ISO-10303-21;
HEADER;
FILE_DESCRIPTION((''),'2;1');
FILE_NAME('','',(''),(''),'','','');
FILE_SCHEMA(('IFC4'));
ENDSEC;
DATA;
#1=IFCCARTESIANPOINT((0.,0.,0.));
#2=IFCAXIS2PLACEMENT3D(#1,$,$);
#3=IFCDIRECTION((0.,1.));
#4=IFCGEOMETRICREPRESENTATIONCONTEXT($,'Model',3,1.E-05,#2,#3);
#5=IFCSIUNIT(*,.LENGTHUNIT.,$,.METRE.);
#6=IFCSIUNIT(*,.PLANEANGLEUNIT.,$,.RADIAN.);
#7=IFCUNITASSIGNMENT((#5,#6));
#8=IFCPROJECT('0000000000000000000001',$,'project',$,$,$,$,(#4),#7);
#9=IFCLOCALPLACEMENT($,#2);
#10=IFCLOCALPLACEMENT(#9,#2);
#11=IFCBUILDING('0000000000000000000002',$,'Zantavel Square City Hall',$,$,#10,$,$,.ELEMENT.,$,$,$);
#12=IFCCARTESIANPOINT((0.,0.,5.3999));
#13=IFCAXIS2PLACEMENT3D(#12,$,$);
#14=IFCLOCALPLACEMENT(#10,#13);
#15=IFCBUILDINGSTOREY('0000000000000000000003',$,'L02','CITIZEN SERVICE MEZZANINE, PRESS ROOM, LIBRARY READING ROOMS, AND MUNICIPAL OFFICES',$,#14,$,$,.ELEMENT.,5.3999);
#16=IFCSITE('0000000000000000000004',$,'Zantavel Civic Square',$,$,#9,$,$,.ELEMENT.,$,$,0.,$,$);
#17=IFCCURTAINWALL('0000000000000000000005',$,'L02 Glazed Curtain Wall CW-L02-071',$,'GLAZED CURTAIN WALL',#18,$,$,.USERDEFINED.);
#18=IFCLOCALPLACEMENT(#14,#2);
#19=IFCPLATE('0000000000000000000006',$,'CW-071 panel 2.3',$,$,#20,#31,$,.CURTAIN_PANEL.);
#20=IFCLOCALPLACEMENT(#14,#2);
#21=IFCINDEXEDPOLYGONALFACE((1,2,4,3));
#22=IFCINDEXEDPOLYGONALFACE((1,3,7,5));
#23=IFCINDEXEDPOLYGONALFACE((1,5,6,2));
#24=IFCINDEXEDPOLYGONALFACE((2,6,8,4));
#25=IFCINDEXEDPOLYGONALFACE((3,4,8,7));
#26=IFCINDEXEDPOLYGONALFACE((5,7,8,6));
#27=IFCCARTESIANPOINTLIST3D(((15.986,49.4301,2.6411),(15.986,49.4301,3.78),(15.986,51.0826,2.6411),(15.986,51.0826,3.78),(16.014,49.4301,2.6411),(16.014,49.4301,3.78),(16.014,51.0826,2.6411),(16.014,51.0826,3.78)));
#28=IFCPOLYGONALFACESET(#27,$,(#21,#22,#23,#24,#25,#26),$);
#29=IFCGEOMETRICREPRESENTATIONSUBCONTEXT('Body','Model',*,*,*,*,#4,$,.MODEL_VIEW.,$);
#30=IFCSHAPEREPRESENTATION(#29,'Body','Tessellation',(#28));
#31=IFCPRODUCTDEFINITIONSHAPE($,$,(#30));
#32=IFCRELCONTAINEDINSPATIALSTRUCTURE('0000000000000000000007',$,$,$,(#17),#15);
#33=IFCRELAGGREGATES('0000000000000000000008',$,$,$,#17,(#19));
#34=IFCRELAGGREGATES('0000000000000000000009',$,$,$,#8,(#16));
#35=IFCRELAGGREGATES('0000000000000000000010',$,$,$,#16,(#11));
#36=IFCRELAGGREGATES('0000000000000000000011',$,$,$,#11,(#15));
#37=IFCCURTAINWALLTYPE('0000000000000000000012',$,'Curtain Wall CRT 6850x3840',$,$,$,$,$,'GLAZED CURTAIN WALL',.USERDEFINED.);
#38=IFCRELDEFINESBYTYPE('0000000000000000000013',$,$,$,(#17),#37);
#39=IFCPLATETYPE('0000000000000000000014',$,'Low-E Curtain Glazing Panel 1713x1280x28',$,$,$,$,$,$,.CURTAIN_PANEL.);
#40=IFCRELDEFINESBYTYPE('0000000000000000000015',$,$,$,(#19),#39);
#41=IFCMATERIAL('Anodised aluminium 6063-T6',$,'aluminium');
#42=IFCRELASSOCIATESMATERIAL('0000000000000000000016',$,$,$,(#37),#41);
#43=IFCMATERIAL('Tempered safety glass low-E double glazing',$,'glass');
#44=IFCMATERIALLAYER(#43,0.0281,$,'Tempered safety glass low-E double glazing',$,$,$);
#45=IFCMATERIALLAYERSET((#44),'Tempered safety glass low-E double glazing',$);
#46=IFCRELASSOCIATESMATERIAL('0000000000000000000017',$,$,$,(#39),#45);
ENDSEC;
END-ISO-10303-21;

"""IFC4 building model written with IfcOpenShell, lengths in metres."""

from ifc_helpers import new_model, si_unit, direction, frame, origin, origin_2d, place, context, subcontext, project, spatial, rectangle, extrude, material, layer, layer_set, type_object, element, aggregate, save


model = new_model("IFC4")

# Units and contexts
model_context = context("Model", 3, precision=1e-05, world=origin(), true_north=direction((0.0, 1.0)))
body_context = subcontext(model_context, "Body", "Model", "MODEL_VIEW")
ifc_project = project(units=[si_unit("LENGTHUNIT", "METRE"), si_unit("PLANEANGLEUNIT", "RADIAN")], contexts=[model_context])

# Site, building, storey
site_placement = place(None, origin())
site = spatial("IfcSite", under=ifc_project, at=site_placement, Name="Zantavel Civic Square", CompositionType="ELEMENT", RefElevation=0.0)
building_placement = place(site_placement, origin())
building = spatial("IfcBuilding", under=site, at=building_placement, Name="Zantavel Square City Hall", CompositionType="ELEMENT")
storey_placement = place(building_placement, frame((0.0, 0.0, 5.3999)))
storey = spatial("IfcBuildingStorey", under=building, at=storey_placement, Name="L02", Description="CITIZEN SERVICE MEZZANINE, PRESS ROOM, LIBRARY READING ROOMS, AND MUNICIPAL OFFICES", CompositionType="ELEMENT", Elevation=5.3999)

# Curtain wall, plate
ifc_material_1 = material(Name="Anodised aluminium 6063-T6", Category="aluminium")
curtain_wall_type = type_object("IfcCurtainWallType", Name="Curtain Wall CRT 6850x3840", ElementType="GLAZED CURTAIN WALL", PredefinedType="USERDEFINED", material=ifc_material_1)
curtain_wall_placement = place(storey_placement, origin())
curtain_wall = element("IfcCurtainWall", 1, at=curtain_wall_placement, inside=storey, type_object=curtain_wall_type, Name="L02 Glazed Curtain Wall CW-L02-071", ObjectType="GLAZED CURTAIN WALL", PredefinedType="USERDEFINED")
ifc_material_2 = material(Name="Tempered safety glass low-E double glazing", Category="glass")
ifc_layer = layer(ifc_material_2, 0.0281, Name="Tempered safety glass low-E double glazing")
ifc_layer_set = layer_set([ifc_layer], Name="Tempered safety glass low-E double glazing")
plate_type = type_object("IfcPlateType", Name="Low-E Curtain Glazing Panel 1713x1280x28", PredefinedType="CURTAIN_PANEL", material=ifc_layer_set)
plate_1_placement = place(storey_placement, frame((16.0, 50.2563, 2.6411), z_axis=(0.0, 0.0, 1.0), x_axis=(0.0, -1.0, 0.0)))
plate_1 = element("IfcPlate", 2, at=plate_1_placement, type_object=plate_type, Name="CW-071 panel 2.3", PredefinedType="CURTAIN_PANEL", context=body_context, shape_type="SweptSolid", body=[
    extrude(rectangle(XDim=1.6526, YDim=0.0281, at=origin_2d()), origin(), (0.0, 0.0, 1.0), 1.1389),
])
aggregate(curtain_wall, [plate_1])

save(model, "model.ifc")
